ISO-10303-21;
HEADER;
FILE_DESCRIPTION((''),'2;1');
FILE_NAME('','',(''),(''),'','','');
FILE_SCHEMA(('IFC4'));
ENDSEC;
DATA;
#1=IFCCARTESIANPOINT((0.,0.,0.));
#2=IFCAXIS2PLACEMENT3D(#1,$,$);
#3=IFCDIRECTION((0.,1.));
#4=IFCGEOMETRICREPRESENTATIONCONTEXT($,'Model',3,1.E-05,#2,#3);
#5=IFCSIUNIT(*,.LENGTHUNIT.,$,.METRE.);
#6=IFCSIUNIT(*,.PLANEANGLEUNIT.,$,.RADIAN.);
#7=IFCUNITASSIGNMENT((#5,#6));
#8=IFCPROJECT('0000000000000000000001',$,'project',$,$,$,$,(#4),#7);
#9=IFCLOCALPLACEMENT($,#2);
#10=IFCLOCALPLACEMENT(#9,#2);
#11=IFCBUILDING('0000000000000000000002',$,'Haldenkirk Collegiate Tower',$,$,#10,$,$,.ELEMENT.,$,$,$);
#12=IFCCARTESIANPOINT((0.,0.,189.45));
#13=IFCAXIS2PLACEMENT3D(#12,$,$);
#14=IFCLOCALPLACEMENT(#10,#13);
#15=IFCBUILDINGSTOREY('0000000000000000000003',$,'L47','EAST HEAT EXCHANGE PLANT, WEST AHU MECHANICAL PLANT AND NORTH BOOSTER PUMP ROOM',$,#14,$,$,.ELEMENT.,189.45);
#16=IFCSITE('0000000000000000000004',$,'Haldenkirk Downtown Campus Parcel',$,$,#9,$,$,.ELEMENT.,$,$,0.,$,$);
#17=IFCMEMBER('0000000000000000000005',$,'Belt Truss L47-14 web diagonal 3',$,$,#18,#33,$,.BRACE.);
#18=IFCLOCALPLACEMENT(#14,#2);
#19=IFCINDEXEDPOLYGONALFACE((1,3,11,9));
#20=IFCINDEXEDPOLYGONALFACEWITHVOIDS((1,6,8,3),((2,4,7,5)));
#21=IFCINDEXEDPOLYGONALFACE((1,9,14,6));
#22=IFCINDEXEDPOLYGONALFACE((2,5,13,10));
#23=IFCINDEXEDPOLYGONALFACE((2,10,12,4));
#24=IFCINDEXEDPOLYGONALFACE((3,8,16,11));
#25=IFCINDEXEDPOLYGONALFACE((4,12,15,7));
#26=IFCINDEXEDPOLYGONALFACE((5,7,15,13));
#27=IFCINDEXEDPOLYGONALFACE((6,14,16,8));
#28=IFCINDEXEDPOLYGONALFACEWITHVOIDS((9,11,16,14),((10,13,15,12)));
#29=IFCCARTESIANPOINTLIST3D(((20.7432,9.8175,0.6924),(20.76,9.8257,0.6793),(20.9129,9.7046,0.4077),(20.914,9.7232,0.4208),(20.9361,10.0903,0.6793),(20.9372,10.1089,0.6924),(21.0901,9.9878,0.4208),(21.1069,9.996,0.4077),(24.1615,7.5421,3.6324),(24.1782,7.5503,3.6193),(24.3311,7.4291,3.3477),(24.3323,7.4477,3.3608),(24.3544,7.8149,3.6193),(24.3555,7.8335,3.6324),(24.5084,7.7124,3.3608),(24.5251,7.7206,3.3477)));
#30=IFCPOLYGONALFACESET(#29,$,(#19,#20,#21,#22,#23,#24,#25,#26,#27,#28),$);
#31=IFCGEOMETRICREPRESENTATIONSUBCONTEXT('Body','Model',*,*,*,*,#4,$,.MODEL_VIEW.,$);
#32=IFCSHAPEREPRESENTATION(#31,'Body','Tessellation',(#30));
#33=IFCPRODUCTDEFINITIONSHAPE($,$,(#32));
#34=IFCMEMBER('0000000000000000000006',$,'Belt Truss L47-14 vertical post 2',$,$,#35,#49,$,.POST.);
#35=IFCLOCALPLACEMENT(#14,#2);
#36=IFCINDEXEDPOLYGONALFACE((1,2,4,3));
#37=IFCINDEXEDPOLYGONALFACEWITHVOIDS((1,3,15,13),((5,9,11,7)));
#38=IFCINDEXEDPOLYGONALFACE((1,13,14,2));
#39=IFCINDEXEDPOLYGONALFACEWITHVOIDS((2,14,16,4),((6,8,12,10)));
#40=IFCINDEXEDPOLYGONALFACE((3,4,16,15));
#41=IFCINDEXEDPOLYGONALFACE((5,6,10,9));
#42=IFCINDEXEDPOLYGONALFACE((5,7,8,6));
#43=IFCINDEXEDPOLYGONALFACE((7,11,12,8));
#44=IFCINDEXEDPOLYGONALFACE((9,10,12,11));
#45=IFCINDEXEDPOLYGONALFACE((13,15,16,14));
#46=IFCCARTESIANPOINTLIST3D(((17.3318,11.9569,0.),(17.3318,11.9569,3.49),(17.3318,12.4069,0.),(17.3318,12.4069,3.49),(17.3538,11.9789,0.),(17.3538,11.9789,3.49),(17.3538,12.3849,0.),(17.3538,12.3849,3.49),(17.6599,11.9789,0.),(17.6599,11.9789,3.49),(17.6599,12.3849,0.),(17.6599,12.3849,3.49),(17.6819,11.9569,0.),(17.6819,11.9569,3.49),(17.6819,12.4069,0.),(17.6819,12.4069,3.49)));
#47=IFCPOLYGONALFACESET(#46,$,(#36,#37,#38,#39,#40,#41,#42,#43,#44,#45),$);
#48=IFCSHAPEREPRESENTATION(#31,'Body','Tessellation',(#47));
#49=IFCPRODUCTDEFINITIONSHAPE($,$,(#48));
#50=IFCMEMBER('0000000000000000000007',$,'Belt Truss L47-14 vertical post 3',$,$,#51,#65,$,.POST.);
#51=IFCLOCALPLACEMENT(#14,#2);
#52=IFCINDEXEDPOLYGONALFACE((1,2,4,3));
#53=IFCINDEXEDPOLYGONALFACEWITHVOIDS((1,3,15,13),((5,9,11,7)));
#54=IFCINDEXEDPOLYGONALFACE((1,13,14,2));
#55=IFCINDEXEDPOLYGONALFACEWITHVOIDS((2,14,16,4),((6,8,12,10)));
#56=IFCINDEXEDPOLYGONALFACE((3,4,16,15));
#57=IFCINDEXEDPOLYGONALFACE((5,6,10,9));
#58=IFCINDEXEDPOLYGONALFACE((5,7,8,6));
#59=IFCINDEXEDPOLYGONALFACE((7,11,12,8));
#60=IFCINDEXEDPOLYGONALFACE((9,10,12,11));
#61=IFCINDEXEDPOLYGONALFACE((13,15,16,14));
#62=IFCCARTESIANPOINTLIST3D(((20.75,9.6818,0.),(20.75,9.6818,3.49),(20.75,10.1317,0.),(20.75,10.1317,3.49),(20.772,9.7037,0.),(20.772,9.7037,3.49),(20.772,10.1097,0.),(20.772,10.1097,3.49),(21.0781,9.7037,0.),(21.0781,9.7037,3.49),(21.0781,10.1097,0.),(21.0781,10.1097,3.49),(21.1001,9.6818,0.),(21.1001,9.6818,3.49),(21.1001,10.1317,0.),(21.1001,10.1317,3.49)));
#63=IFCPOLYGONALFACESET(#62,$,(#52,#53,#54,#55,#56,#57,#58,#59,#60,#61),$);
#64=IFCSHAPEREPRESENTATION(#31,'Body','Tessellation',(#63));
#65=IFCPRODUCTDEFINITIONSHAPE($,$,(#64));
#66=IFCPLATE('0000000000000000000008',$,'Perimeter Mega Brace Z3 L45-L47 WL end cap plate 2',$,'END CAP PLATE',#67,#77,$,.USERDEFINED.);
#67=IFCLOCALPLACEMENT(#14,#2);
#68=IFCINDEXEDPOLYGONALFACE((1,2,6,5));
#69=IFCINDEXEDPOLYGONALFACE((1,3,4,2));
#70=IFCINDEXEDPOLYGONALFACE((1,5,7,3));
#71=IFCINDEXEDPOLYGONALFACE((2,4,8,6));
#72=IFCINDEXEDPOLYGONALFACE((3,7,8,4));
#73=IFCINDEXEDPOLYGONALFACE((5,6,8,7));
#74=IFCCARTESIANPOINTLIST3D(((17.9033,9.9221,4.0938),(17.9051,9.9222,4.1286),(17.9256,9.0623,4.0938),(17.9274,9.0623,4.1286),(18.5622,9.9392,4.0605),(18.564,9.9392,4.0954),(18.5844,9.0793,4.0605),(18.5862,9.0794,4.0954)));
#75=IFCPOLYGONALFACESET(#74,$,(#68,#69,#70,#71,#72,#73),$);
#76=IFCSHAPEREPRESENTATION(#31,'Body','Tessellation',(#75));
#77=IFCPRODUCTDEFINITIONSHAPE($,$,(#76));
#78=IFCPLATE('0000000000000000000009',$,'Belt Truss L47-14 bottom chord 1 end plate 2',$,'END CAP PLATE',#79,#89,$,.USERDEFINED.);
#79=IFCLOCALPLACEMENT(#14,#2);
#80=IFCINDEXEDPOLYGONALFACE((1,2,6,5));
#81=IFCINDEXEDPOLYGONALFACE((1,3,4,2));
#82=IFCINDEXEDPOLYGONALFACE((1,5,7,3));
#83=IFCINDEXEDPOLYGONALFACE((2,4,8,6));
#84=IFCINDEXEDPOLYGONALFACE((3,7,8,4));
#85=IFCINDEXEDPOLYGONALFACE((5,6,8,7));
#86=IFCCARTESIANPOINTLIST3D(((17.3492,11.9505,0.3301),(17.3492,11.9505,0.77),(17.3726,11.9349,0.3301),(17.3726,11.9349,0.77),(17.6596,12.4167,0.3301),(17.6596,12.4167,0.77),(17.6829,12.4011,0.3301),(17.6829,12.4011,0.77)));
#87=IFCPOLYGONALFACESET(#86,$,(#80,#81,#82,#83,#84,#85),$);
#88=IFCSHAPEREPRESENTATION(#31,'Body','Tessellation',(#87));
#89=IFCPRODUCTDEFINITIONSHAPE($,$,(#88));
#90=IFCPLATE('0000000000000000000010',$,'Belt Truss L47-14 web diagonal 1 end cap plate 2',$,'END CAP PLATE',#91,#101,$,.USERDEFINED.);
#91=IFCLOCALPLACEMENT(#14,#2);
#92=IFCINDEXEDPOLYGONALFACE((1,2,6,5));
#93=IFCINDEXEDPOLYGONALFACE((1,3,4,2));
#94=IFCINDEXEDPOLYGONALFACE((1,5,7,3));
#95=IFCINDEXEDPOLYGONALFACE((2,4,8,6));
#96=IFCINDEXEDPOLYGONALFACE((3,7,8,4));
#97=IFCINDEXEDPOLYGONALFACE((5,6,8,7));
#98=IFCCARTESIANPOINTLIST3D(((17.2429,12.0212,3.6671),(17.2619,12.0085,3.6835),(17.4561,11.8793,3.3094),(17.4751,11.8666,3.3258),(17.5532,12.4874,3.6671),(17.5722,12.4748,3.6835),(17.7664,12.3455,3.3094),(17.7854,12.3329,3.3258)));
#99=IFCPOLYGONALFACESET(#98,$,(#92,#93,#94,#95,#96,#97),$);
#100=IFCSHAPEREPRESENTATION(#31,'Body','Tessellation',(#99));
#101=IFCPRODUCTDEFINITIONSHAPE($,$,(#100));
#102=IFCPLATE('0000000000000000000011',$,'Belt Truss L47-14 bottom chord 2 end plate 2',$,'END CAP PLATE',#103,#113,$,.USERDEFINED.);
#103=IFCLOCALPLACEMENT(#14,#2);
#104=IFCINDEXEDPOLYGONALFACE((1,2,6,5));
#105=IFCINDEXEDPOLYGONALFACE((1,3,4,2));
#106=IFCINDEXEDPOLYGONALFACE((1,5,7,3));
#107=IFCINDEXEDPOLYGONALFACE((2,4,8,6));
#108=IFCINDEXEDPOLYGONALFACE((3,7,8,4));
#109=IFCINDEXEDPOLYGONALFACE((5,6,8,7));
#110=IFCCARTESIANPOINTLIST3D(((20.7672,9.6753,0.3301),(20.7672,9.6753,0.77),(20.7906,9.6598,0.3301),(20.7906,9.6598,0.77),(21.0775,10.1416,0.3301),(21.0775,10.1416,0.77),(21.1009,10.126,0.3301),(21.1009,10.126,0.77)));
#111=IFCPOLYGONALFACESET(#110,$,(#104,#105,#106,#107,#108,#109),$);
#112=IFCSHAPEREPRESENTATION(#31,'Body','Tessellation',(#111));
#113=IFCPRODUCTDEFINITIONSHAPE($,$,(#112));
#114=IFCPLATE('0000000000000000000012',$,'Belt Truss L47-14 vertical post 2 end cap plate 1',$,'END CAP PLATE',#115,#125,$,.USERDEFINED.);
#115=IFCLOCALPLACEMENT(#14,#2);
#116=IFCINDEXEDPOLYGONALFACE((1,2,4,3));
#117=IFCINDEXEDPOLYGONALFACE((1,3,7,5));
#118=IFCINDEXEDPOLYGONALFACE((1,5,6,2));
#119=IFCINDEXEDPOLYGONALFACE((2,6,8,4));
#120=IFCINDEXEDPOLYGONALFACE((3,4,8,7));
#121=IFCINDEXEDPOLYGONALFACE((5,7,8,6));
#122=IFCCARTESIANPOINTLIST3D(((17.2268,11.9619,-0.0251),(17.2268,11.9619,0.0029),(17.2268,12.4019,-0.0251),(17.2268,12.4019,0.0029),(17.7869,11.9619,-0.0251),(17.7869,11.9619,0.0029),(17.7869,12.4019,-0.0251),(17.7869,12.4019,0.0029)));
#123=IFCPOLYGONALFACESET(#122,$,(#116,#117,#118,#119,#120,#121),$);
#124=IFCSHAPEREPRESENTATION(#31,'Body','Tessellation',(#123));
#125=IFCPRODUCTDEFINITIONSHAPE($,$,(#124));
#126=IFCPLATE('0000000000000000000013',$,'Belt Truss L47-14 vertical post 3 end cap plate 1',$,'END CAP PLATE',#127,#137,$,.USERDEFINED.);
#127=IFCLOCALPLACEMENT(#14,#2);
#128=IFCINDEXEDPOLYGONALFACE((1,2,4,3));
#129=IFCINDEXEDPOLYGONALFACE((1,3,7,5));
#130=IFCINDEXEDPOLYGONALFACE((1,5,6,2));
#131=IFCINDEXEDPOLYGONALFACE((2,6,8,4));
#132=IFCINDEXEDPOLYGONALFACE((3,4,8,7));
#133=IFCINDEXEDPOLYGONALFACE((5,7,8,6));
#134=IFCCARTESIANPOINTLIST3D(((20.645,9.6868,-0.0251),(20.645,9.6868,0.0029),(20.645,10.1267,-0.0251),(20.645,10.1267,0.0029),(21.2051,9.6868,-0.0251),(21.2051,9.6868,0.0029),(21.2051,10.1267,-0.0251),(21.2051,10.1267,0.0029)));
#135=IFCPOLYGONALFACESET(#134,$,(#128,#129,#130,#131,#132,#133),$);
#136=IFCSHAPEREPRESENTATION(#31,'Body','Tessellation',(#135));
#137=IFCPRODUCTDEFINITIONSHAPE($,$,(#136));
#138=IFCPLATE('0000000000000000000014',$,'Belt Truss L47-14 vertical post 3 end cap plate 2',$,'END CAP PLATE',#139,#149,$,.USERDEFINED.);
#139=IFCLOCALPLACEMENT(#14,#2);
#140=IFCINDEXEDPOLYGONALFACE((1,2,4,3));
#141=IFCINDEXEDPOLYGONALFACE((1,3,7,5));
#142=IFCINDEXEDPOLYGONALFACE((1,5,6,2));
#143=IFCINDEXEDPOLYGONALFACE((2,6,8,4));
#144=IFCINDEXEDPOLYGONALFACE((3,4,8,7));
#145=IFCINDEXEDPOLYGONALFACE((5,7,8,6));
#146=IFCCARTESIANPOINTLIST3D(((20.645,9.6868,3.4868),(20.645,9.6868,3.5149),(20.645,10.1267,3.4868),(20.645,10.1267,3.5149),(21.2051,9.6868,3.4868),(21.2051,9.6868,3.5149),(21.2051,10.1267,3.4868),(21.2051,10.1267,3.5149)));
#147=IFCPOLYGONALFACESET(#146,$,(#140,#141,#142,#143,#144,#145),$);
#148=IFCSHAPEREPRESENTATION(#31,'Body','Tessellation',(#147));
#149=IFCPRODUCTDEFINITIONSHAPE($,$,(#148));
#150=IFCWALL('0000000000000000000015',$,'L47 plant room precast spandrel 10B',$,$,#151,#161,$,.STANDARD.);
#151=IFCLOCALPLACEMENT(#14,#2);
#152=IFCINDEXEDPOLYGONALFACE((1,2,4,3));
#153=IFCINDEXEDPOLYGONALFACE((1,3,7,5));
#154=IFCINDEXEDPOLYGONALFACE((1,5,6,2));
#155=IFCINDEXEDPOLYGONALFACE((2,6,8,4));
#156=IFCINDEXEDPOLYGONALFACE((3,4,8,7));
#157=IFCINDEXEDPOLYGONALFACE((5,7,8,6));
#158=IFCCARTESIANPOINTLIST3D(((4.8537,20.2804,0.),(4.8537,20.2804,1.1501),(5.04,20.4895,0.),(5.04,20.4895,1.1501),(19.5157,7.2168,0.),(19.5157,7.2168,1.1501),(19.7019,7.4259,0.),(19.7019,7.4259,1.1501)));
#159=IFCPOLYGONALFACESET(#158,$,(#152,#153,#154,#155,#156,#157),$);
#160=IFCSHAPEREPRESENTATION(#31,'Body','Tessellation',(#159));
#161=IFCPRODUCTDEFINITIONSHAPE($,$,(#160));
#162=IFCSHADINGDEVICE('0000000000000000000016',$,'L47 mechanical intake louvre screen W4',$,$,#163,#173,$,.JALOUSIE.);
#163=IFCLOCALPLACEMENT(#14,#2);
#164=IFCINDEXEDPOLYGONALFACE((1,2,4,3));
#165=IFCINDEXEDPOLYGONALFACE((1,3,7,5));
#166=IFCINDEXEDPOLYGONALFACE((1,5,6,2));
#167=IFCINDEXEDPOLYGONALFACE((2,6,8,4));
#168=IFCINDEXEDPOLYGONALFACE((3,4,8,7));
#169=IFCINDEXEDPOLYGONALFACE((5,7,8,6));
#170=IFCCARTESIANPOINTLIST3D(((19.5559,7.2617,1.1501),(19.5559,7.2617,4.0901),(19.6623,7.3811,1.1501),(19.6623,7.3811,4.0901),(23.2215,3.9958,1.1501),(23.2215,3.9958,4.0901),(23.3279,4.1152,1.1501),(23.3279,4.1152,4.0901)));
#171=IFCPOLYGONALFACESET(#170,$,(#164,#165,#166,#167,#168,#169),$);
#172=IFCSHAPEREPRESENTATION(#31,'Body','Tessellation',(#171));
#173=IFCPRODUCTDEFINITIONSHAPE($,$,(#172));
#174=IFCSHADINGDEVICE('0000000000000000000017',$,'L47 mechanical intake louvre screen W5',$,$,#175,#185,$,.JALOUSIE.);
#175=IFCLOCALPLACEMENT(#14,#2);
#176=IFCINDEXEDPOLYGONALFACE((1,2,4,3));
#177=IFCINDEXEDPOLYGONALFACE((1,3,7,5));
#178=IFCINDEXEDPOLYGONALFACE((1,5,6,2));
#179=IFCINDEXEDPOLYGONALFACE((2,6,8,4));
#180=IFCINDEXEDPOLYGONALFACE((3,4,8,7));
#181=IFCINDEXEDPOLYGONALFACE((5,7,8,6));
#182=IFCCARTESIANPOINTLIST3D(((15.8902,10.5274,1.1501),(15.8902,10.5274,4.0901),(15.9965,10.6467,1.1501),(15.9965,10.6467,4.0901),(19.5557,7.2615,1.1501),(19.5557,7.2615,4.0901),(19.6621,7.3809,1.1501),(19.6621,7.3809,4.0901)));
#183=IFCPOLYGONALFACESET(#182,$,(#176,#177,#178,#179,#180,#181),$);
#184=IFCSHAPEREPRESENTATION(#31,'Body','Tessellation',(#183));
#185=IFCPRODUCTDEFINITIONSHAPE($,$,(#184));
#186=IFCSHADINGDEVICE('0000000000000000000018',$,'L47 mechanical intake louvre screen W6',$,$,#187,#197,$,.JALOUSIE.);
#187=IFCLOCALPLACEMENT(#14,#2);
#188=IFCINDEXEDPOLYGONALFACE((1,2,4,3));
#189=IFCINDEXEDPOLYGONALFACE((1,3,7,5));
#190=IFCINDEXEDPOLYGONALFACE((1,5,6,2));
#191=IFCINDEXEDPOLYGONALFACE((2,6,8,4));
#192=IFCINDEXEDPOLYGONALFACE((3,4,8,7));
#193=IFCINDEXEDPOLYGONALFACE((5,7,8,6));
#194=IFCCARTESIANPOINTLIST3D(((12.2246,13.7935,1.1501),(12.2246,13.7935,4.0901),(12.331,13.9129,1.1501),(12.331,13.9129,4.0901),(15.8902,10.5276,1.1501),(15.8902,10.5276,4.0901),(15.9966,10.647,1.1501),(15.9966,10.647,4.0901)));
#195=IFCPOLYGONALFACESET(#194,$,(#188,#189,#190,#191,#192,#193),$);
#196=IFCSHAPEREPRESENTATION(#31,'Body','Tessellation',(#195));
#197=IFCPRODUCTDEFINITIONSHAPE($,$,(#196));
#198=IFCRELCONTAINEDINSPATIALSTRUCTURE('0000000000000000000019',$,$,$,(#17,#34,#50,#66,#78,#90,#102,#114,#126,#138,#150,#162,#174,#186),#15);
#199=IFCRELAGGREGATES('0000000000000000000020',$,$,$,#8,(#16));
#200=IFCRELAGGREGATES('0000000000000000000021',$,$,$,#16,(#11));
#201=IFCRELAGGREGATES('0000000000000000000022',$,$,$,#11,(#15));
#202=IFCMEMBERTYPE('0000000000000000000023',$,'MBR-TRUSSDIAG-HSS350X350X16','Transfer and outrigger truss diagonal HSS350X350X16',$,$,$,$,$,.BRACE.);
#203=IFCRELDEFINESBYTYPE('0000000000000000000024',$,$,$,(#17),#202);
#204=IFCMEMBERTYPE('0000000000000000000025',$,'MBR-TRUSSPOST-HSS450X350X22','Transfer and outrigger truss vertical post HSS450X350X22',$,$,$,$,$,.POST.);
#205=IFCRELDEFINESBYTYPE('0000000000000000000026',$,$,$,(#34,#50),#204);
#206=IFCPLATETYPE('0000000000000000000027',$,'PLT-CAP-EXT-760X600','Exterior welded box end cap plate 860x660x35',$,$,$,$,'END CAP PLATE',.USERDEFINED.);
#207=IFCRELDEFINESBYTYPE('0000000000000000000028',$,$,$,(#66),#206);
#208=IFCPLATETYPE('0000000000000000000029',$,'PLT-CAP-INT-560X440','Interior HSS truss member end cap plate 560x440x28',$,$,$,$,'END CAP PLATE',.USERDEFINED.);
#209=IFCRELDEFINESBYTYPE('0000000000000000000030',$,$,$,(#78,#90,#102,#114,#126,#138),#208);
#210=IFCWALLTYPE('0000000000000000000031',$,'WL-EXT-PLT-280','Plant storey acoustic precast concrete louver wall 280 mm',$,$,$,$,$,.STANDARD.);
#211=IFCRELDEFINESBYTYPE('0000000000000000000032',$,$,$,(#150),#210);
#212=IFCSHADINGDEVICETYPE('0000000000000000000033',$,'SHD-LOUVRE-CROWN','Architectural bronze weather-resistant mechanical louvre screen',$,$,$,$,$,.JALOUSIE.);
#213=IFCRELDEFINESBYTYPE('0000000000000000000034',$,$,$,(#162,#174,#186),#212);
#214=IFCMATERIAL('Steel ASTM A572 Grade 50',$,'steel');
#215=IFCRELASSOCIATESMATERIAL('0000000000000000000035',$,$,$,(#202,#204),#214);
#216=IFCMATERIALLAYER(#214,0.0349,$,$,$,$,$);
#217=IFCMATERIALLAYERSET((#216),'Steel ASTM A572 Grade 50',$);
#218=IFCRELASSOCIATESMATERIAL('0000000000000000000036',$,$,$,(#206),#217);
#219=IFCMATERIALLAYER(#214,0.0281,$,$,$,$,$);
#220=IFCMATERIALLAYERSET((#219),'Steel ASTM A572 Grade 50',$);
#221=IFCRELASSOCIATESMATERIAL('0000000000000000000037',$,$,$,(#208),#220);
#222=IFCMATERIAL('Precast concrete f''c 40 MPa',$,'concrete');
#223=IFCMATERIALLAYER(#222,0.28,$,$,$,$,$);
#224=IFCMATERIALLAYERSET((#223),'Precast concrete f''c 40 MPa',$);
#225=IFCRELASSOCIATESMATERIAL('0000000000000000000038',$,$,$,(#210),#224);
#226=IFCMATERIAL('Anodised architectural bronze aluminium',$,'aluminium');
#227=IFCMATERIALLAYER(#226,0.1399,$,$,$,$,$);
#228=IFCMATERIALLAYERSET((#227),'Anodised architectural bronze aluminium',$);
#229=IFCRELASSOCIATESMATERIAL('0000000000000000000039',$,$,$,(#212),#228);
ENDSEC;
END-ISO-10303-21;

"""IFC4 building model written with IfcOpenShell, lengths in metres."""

from ifc_helpers import new_model, si_unit, direction, frame, frame_2d, origin, origin_2d, place, context, subcontext, project, spatial, rectangle, hollow_rectangle, extrude, source, transform, mapped, material, layer, layer_set, material_profile, profile_set, type_object, element, save


model = new_model("IFC4")

# Units and contexts
model_context = context("Model", 3, precision=1e-05, world=origin(), true_north=direction((0.0, 1.0)))
body_context = subcontext(model_context, "Body", "Model", "MODEL_VIEW")
ifc_project = project(units=[si_unit("LENGTHUNIT", "METRE"), si_unit("PLANEANGLEUNIT", "RADIAN")], contexts=[model_context])

# Site, building, storey
site_placement = place(None, origin())
site = spatial("IfcSite", under=ifc_project, at=site_placement, Name="Haldenkirk Downtown Campus Parcel", CompositionType="ELEMENT", RefElevation=0.0)
building_placement = place(site_placement, origin())
building = spatial("IfcBuilding", under=site, at=building_placement, Name="Haldenkirk Collegiate Tower", CompositionType="ELEMENT")
storey_placement = place(building_placement, frame((0.0, 0.0, 189.45)))
storey = spatial("IfcBuildingStorey", under=building, at=storey_placement, Name="L47", Description="EAST HEAT EXCHANGE PLANT, WEST AHU MECHANICAL PLANT AND NORTH BOOSTER PUMP ROOM", CompositionType="ELEMENT", Elevation=189.45)

# Members
ifc_material_1 = material(Name="Steel ASTM A572 Grade 50", Category="steel")
ifc_material_profile_1 = material_profile(ifc_material_1, hollow_rectangle(XDim=0.3501, YDim=0.3501, WallThickness=0.0161, at=origin_2d()), Name="HSS350X350X16")
ifc_profile_set_1 = profile_set([ifc_material_profile_1], Name="Steel ASTM A572 Grade 50")
member_type_1 = type_object("IfcMemberType", Name="MBR-TRUSSDIAG-HSS350X350X16", Description="Transfer and outrigger truss diagonal HSS350X350X16", PredefinedType="BRACE", material=ifc_profile_set_1)
member_1_placement = place(storey_placement, frame((20.925, 9.9067, 0.55), z_axis=(0.676843, -0.450552, 0.58214), x_axis=(0.554124, 0.832434, 0.0)))
element("IfcMember", 1, at=member_1_placement, inside=storey, type_object=member_type_1, Name="Belt Truss L47-14 web diagonal 3", PredefinedType="BRACE", context=body_context, shape_type="SweptSolid", body=[
    extrude(hollow_rectangle(XDim=0.3501, YDim=0.3501, WallThickness=0.0161, at=origin_2d()), origin(), (0.0, 0.0, 1.0), 5.0503),
])
ifc_material_profile_2 = material_profile(ifc_material_1, hollow_rectangle(XDim=0.3501, YDim=0.45, WallThickness=0.022, at=origin_2d()), Name="HSS450X350X22")
ifc_profile_set_2 = profile_set([ifc_material_profile_2], Name="Steel ASTM A572 Grade 50")
member_type_2 = type_object("IfcMemberType", Name="MBR-TRUSSPOST-HSS450X350X22", Description="Transfer and outrigger truss vertical post HSS450X350X22", PredefinedType="POST", material=ifc_profile_set_2)
for number, where, z_axis, x_axis, name in (
    (2, (17.5068, 12.1819, 0.0), (0.0, 0.0, 1.0), (1.0, 0.0, 0.0), "Belt Truss L47-14 vertical post 2"),
    (3, (20.925, 9.9067, 0.0), (0.0, 0.0, 1.0), (1.0, 0.0, 0.0), "Belt Truss L47-14 vertical post 3"),
):
    element("IfcMember", number, at=place(storey_placement, frame(where, z_axis=z_axis, x_axis=x_axis)), inside=storey, type_object=member_type_2, Name=name, PredefinedType="POST", context=body_context, shape_type="SweptSolid", body=[
        extrude(hollow_rectangle(XDim=0.3501, YDim=0.45, WallThickness=0.022, at=origin_2d()), origin(), (0.0, 0.0, 1.0), 3.49),
    ])

# Plates
ifc_layer_1 = layer(ifc_material_1, 0.0349)
ifc_layer_set_1 = layer_set([ifc_layer_1], Name="Steel ASTM A572 Grade 50")
plate_type_1 = type_object("IfcPlateType", Name="PLT-CAP-EXT-760X600", Description="Exterior welded box end cap plate 860x660x35", ElementType="END CAP PLATE", PredefinedType="USERDEFINED", material=ifc_layer_set_1)
shared_shape_1 = source(origin(), body_context, "Body", "SweptSolid", [
    extrude(rectangle(XDim=0.8601, YDim=0.6599, at=origin_2d()), origin(), (0.0, 0.0, 1.0), 0.0349),
])
plate_placement = place(storey_placement, frame((18.2439, 9.5007, 4.0771), z_axis=(0.050348, 0.001303, 0.998731), x_axis=(-0.025872, 0.999665, 0.0)))
element("IfcPlate", 4, at=plate_placement, inside=storey, type_object=plate_type_1, Name="Perimeter Mega Brace Z3 L45-L47 WL end cap plate 2", ObjectType="END CAP PLATE", PredefinedType="USERDEFINED", context=body_context, shape_type="MappedRepresentation", body=[
    mapped(shared_shape_1, transform((0.0, 0.0, 0.0), x_axis=(1.0, 0.0, 0.0), y_axis=(0.0, 1.0, 0.0), z_axis=(0.0, 0.0, 1.0), scale=1.0)),
])
ifc_layer_2 = layer(ifc_material_1, 0.0281)
ifc_layer_set_2 = layer_set([ifc_layer_2], Name="Steel ASTM A572 Grade 50")
plate_type_2 = type_object("IfcPlateType", Name="PLT-CAP-INT-560X440", Description="Interior HSS truss member end cap plate 560x440x28", ElementType="END CAP PLATE", PredefinedType="USERDEFINED", material=ifc_layer_set_2)
shared_shape_2 = source(origin(), body_context, "Body", "SweptSolid", [
    extrude(rectangle(XDim=0.5601, YDim=0.4399, at=origin_2d()), origin(), (0.0, 0.0, 1.0), 0.0281),
])
for number, where, z_axis, x_axis, name in (
    (5, (17.5044, 12.1836, 0.55), (0.832441, -0.554114, 0.0), (0.554114, 0.832441, 0.0), "Belt Truss L47-14 bottom chord 1 end plate 2"),
    (6, (17.5046, 12.1833, 3.4883), (0.676847, -0.450545, 0.58214), (0.554116, 0.83244, 0.0), "Belt Truss L47-14 web diagonal 1 end cap plate 2"),
    (7, (20.9224, 9.9084, 0.55), (0.832441, -0.554114, 0.0), (0.554114, 0.832441, 0.0), "Belt Truss L47-14 bottom chord 2 end plate 2"),
    (8, (17.5068, 12.1819, 0.0029), (0.0, 0.0, -1.0), (1.0, 0.0, 0.0), "Belt Truss L47-14 vertical post 2 end cap plate 1"),
    (9, (20.925, 9.9067, 0.0029), (0.0, 0.0, -1.0), (1.0, 0.0, 0.0), "Belt Truss L47-14 vertical post 3 end cap plate 1"),
    (10, (20.925, 9.9067, 3.4868), (0.0, 0.0, 1.0), (1.0, 0.0, 0.0), "Belt Truss L47-14 vertical post 3 end cap plate 2"),
):
    element("IfcPlate", number, at=place(storey_placement, frame(where, z_axis=z_axis, x_axis=x_axis)), inside=storey, type_object=plate_type_2, Name=name, ObjectType="END CAP PLATE", PredefinedType="USERDEFINED", context=body_context, shape_type="MappedRepresentation", body=[
        mapped(shared_shape_2, transform((0.0, 0.0, 0.0), x_axis=(1.0, 0.0, 0.0), y_axis=(0.0, 1.0, 0.0), z_axis=(0.0, 0.0, 1.0), scale=1.0)),
    ])

# Wall
ifc_material_2 = material(Name="Precast concrete f'c 40 MPa", Category="concrete")
ifc_layer_3 = layer(ifc_material_2, 0.28)
ifc_layer_set_3 = layer_set([ifc_layer_3], Name="Precast concrete f'c 40 MPa")
wall_type = type_object("IfcWallType", Name="WL-EXT-PLT-280", Description="Plant storey acoustic precast concrete louver wall 280 mm", PredefinedType="STANDARD", material=ifc_layer_set_3)
wall_placement = place(storey_placement, frame((19.6089, 7.3213, 0.0), z_axis=(0.0, 0.0, 1.0), x_axis=(-0.746632, 0.665237, 0.0)))
element("IfcWall", 11, at=wall_placement, inside=storey, type_object=wall_type, Name="L47 plant room precast spandrel 10B", PredefinedType="STANDARD", context=body_context, shape_type="SweptSolid", body=[
    extrude(rectangle(XDim=19.6375, YDim=0.28, at=frame_2d((9.8188, 0.0))), origin(), (0.0, 0.0, 1.0), 1.1501),
])

# Shading devices
ifc_material_3 = material(Name="Anodised architectural bronze aluminium", Category="aluminium")
ifc_layer_4 = layer(ifc_material_3, 0.1399)
ifc_layer_set_4 = layer_set([ifc_layer_4], Name="Anodised architectural bronze aluminium")
shading_device_type = type_object("IfcShadingDeviceType", Name="SHD-LOUVRE-CROWN", Description="Architectural bronze weather-resistant mechanical louvre screen", PredefinedType="JALOUSIE", material=ifc_layer_set_4)
shared_shape_3 = source(origin(), body_context, "Body", "SweptSolid", [
    extrude(rectangle(XDim=4.9094, YDim=0.1599, at=origin_2d()), origin(), (0.0, 0.0, 1.0), 2.9399),
])
for number, where, z_axis, x_axis, name in (
    (12, (21.4419, 5.6885, 1.1501), (0.0, 0.0, 1.0), (-0.746638, 0.66523, 0.0), "L47 mechanical intake louvre screen W4"),
    (13, (17.7761, 8.9541, 1.1501), (0.0, 0.0, 1.0), (-0.746638, 0.66523, 0.0), "L47 mechanical intake louvre screen W5"),
    (14, (14.1106, 12.2202, 1.1501), (0.0, 0.0, 1.0), (-0.746638, 0.66523, 0.0), "L47 mechanical intake louvre screen W6"),
):
    element("IfcShadingDevice", number, at=place(storey_placement, frame(where, z_axis=z_axis, x_axis=x_axis)), inside=storey, type_object=shading_device_type, Name=name, PredefinedType="JALOUSIE", context=body_context, shape_type="MappedRepresentation", body=[
        mapped(shared_shape_3, transform((0.0, 0.0, 0.0), x_axis=(1.0, 0.0, 0.0), y_axis=(0.0, 1.0, 0.0), z_axis=(0.0, 0.0, 1.0), scale=1.0)),
    ])

save(model, "model.ifc")
